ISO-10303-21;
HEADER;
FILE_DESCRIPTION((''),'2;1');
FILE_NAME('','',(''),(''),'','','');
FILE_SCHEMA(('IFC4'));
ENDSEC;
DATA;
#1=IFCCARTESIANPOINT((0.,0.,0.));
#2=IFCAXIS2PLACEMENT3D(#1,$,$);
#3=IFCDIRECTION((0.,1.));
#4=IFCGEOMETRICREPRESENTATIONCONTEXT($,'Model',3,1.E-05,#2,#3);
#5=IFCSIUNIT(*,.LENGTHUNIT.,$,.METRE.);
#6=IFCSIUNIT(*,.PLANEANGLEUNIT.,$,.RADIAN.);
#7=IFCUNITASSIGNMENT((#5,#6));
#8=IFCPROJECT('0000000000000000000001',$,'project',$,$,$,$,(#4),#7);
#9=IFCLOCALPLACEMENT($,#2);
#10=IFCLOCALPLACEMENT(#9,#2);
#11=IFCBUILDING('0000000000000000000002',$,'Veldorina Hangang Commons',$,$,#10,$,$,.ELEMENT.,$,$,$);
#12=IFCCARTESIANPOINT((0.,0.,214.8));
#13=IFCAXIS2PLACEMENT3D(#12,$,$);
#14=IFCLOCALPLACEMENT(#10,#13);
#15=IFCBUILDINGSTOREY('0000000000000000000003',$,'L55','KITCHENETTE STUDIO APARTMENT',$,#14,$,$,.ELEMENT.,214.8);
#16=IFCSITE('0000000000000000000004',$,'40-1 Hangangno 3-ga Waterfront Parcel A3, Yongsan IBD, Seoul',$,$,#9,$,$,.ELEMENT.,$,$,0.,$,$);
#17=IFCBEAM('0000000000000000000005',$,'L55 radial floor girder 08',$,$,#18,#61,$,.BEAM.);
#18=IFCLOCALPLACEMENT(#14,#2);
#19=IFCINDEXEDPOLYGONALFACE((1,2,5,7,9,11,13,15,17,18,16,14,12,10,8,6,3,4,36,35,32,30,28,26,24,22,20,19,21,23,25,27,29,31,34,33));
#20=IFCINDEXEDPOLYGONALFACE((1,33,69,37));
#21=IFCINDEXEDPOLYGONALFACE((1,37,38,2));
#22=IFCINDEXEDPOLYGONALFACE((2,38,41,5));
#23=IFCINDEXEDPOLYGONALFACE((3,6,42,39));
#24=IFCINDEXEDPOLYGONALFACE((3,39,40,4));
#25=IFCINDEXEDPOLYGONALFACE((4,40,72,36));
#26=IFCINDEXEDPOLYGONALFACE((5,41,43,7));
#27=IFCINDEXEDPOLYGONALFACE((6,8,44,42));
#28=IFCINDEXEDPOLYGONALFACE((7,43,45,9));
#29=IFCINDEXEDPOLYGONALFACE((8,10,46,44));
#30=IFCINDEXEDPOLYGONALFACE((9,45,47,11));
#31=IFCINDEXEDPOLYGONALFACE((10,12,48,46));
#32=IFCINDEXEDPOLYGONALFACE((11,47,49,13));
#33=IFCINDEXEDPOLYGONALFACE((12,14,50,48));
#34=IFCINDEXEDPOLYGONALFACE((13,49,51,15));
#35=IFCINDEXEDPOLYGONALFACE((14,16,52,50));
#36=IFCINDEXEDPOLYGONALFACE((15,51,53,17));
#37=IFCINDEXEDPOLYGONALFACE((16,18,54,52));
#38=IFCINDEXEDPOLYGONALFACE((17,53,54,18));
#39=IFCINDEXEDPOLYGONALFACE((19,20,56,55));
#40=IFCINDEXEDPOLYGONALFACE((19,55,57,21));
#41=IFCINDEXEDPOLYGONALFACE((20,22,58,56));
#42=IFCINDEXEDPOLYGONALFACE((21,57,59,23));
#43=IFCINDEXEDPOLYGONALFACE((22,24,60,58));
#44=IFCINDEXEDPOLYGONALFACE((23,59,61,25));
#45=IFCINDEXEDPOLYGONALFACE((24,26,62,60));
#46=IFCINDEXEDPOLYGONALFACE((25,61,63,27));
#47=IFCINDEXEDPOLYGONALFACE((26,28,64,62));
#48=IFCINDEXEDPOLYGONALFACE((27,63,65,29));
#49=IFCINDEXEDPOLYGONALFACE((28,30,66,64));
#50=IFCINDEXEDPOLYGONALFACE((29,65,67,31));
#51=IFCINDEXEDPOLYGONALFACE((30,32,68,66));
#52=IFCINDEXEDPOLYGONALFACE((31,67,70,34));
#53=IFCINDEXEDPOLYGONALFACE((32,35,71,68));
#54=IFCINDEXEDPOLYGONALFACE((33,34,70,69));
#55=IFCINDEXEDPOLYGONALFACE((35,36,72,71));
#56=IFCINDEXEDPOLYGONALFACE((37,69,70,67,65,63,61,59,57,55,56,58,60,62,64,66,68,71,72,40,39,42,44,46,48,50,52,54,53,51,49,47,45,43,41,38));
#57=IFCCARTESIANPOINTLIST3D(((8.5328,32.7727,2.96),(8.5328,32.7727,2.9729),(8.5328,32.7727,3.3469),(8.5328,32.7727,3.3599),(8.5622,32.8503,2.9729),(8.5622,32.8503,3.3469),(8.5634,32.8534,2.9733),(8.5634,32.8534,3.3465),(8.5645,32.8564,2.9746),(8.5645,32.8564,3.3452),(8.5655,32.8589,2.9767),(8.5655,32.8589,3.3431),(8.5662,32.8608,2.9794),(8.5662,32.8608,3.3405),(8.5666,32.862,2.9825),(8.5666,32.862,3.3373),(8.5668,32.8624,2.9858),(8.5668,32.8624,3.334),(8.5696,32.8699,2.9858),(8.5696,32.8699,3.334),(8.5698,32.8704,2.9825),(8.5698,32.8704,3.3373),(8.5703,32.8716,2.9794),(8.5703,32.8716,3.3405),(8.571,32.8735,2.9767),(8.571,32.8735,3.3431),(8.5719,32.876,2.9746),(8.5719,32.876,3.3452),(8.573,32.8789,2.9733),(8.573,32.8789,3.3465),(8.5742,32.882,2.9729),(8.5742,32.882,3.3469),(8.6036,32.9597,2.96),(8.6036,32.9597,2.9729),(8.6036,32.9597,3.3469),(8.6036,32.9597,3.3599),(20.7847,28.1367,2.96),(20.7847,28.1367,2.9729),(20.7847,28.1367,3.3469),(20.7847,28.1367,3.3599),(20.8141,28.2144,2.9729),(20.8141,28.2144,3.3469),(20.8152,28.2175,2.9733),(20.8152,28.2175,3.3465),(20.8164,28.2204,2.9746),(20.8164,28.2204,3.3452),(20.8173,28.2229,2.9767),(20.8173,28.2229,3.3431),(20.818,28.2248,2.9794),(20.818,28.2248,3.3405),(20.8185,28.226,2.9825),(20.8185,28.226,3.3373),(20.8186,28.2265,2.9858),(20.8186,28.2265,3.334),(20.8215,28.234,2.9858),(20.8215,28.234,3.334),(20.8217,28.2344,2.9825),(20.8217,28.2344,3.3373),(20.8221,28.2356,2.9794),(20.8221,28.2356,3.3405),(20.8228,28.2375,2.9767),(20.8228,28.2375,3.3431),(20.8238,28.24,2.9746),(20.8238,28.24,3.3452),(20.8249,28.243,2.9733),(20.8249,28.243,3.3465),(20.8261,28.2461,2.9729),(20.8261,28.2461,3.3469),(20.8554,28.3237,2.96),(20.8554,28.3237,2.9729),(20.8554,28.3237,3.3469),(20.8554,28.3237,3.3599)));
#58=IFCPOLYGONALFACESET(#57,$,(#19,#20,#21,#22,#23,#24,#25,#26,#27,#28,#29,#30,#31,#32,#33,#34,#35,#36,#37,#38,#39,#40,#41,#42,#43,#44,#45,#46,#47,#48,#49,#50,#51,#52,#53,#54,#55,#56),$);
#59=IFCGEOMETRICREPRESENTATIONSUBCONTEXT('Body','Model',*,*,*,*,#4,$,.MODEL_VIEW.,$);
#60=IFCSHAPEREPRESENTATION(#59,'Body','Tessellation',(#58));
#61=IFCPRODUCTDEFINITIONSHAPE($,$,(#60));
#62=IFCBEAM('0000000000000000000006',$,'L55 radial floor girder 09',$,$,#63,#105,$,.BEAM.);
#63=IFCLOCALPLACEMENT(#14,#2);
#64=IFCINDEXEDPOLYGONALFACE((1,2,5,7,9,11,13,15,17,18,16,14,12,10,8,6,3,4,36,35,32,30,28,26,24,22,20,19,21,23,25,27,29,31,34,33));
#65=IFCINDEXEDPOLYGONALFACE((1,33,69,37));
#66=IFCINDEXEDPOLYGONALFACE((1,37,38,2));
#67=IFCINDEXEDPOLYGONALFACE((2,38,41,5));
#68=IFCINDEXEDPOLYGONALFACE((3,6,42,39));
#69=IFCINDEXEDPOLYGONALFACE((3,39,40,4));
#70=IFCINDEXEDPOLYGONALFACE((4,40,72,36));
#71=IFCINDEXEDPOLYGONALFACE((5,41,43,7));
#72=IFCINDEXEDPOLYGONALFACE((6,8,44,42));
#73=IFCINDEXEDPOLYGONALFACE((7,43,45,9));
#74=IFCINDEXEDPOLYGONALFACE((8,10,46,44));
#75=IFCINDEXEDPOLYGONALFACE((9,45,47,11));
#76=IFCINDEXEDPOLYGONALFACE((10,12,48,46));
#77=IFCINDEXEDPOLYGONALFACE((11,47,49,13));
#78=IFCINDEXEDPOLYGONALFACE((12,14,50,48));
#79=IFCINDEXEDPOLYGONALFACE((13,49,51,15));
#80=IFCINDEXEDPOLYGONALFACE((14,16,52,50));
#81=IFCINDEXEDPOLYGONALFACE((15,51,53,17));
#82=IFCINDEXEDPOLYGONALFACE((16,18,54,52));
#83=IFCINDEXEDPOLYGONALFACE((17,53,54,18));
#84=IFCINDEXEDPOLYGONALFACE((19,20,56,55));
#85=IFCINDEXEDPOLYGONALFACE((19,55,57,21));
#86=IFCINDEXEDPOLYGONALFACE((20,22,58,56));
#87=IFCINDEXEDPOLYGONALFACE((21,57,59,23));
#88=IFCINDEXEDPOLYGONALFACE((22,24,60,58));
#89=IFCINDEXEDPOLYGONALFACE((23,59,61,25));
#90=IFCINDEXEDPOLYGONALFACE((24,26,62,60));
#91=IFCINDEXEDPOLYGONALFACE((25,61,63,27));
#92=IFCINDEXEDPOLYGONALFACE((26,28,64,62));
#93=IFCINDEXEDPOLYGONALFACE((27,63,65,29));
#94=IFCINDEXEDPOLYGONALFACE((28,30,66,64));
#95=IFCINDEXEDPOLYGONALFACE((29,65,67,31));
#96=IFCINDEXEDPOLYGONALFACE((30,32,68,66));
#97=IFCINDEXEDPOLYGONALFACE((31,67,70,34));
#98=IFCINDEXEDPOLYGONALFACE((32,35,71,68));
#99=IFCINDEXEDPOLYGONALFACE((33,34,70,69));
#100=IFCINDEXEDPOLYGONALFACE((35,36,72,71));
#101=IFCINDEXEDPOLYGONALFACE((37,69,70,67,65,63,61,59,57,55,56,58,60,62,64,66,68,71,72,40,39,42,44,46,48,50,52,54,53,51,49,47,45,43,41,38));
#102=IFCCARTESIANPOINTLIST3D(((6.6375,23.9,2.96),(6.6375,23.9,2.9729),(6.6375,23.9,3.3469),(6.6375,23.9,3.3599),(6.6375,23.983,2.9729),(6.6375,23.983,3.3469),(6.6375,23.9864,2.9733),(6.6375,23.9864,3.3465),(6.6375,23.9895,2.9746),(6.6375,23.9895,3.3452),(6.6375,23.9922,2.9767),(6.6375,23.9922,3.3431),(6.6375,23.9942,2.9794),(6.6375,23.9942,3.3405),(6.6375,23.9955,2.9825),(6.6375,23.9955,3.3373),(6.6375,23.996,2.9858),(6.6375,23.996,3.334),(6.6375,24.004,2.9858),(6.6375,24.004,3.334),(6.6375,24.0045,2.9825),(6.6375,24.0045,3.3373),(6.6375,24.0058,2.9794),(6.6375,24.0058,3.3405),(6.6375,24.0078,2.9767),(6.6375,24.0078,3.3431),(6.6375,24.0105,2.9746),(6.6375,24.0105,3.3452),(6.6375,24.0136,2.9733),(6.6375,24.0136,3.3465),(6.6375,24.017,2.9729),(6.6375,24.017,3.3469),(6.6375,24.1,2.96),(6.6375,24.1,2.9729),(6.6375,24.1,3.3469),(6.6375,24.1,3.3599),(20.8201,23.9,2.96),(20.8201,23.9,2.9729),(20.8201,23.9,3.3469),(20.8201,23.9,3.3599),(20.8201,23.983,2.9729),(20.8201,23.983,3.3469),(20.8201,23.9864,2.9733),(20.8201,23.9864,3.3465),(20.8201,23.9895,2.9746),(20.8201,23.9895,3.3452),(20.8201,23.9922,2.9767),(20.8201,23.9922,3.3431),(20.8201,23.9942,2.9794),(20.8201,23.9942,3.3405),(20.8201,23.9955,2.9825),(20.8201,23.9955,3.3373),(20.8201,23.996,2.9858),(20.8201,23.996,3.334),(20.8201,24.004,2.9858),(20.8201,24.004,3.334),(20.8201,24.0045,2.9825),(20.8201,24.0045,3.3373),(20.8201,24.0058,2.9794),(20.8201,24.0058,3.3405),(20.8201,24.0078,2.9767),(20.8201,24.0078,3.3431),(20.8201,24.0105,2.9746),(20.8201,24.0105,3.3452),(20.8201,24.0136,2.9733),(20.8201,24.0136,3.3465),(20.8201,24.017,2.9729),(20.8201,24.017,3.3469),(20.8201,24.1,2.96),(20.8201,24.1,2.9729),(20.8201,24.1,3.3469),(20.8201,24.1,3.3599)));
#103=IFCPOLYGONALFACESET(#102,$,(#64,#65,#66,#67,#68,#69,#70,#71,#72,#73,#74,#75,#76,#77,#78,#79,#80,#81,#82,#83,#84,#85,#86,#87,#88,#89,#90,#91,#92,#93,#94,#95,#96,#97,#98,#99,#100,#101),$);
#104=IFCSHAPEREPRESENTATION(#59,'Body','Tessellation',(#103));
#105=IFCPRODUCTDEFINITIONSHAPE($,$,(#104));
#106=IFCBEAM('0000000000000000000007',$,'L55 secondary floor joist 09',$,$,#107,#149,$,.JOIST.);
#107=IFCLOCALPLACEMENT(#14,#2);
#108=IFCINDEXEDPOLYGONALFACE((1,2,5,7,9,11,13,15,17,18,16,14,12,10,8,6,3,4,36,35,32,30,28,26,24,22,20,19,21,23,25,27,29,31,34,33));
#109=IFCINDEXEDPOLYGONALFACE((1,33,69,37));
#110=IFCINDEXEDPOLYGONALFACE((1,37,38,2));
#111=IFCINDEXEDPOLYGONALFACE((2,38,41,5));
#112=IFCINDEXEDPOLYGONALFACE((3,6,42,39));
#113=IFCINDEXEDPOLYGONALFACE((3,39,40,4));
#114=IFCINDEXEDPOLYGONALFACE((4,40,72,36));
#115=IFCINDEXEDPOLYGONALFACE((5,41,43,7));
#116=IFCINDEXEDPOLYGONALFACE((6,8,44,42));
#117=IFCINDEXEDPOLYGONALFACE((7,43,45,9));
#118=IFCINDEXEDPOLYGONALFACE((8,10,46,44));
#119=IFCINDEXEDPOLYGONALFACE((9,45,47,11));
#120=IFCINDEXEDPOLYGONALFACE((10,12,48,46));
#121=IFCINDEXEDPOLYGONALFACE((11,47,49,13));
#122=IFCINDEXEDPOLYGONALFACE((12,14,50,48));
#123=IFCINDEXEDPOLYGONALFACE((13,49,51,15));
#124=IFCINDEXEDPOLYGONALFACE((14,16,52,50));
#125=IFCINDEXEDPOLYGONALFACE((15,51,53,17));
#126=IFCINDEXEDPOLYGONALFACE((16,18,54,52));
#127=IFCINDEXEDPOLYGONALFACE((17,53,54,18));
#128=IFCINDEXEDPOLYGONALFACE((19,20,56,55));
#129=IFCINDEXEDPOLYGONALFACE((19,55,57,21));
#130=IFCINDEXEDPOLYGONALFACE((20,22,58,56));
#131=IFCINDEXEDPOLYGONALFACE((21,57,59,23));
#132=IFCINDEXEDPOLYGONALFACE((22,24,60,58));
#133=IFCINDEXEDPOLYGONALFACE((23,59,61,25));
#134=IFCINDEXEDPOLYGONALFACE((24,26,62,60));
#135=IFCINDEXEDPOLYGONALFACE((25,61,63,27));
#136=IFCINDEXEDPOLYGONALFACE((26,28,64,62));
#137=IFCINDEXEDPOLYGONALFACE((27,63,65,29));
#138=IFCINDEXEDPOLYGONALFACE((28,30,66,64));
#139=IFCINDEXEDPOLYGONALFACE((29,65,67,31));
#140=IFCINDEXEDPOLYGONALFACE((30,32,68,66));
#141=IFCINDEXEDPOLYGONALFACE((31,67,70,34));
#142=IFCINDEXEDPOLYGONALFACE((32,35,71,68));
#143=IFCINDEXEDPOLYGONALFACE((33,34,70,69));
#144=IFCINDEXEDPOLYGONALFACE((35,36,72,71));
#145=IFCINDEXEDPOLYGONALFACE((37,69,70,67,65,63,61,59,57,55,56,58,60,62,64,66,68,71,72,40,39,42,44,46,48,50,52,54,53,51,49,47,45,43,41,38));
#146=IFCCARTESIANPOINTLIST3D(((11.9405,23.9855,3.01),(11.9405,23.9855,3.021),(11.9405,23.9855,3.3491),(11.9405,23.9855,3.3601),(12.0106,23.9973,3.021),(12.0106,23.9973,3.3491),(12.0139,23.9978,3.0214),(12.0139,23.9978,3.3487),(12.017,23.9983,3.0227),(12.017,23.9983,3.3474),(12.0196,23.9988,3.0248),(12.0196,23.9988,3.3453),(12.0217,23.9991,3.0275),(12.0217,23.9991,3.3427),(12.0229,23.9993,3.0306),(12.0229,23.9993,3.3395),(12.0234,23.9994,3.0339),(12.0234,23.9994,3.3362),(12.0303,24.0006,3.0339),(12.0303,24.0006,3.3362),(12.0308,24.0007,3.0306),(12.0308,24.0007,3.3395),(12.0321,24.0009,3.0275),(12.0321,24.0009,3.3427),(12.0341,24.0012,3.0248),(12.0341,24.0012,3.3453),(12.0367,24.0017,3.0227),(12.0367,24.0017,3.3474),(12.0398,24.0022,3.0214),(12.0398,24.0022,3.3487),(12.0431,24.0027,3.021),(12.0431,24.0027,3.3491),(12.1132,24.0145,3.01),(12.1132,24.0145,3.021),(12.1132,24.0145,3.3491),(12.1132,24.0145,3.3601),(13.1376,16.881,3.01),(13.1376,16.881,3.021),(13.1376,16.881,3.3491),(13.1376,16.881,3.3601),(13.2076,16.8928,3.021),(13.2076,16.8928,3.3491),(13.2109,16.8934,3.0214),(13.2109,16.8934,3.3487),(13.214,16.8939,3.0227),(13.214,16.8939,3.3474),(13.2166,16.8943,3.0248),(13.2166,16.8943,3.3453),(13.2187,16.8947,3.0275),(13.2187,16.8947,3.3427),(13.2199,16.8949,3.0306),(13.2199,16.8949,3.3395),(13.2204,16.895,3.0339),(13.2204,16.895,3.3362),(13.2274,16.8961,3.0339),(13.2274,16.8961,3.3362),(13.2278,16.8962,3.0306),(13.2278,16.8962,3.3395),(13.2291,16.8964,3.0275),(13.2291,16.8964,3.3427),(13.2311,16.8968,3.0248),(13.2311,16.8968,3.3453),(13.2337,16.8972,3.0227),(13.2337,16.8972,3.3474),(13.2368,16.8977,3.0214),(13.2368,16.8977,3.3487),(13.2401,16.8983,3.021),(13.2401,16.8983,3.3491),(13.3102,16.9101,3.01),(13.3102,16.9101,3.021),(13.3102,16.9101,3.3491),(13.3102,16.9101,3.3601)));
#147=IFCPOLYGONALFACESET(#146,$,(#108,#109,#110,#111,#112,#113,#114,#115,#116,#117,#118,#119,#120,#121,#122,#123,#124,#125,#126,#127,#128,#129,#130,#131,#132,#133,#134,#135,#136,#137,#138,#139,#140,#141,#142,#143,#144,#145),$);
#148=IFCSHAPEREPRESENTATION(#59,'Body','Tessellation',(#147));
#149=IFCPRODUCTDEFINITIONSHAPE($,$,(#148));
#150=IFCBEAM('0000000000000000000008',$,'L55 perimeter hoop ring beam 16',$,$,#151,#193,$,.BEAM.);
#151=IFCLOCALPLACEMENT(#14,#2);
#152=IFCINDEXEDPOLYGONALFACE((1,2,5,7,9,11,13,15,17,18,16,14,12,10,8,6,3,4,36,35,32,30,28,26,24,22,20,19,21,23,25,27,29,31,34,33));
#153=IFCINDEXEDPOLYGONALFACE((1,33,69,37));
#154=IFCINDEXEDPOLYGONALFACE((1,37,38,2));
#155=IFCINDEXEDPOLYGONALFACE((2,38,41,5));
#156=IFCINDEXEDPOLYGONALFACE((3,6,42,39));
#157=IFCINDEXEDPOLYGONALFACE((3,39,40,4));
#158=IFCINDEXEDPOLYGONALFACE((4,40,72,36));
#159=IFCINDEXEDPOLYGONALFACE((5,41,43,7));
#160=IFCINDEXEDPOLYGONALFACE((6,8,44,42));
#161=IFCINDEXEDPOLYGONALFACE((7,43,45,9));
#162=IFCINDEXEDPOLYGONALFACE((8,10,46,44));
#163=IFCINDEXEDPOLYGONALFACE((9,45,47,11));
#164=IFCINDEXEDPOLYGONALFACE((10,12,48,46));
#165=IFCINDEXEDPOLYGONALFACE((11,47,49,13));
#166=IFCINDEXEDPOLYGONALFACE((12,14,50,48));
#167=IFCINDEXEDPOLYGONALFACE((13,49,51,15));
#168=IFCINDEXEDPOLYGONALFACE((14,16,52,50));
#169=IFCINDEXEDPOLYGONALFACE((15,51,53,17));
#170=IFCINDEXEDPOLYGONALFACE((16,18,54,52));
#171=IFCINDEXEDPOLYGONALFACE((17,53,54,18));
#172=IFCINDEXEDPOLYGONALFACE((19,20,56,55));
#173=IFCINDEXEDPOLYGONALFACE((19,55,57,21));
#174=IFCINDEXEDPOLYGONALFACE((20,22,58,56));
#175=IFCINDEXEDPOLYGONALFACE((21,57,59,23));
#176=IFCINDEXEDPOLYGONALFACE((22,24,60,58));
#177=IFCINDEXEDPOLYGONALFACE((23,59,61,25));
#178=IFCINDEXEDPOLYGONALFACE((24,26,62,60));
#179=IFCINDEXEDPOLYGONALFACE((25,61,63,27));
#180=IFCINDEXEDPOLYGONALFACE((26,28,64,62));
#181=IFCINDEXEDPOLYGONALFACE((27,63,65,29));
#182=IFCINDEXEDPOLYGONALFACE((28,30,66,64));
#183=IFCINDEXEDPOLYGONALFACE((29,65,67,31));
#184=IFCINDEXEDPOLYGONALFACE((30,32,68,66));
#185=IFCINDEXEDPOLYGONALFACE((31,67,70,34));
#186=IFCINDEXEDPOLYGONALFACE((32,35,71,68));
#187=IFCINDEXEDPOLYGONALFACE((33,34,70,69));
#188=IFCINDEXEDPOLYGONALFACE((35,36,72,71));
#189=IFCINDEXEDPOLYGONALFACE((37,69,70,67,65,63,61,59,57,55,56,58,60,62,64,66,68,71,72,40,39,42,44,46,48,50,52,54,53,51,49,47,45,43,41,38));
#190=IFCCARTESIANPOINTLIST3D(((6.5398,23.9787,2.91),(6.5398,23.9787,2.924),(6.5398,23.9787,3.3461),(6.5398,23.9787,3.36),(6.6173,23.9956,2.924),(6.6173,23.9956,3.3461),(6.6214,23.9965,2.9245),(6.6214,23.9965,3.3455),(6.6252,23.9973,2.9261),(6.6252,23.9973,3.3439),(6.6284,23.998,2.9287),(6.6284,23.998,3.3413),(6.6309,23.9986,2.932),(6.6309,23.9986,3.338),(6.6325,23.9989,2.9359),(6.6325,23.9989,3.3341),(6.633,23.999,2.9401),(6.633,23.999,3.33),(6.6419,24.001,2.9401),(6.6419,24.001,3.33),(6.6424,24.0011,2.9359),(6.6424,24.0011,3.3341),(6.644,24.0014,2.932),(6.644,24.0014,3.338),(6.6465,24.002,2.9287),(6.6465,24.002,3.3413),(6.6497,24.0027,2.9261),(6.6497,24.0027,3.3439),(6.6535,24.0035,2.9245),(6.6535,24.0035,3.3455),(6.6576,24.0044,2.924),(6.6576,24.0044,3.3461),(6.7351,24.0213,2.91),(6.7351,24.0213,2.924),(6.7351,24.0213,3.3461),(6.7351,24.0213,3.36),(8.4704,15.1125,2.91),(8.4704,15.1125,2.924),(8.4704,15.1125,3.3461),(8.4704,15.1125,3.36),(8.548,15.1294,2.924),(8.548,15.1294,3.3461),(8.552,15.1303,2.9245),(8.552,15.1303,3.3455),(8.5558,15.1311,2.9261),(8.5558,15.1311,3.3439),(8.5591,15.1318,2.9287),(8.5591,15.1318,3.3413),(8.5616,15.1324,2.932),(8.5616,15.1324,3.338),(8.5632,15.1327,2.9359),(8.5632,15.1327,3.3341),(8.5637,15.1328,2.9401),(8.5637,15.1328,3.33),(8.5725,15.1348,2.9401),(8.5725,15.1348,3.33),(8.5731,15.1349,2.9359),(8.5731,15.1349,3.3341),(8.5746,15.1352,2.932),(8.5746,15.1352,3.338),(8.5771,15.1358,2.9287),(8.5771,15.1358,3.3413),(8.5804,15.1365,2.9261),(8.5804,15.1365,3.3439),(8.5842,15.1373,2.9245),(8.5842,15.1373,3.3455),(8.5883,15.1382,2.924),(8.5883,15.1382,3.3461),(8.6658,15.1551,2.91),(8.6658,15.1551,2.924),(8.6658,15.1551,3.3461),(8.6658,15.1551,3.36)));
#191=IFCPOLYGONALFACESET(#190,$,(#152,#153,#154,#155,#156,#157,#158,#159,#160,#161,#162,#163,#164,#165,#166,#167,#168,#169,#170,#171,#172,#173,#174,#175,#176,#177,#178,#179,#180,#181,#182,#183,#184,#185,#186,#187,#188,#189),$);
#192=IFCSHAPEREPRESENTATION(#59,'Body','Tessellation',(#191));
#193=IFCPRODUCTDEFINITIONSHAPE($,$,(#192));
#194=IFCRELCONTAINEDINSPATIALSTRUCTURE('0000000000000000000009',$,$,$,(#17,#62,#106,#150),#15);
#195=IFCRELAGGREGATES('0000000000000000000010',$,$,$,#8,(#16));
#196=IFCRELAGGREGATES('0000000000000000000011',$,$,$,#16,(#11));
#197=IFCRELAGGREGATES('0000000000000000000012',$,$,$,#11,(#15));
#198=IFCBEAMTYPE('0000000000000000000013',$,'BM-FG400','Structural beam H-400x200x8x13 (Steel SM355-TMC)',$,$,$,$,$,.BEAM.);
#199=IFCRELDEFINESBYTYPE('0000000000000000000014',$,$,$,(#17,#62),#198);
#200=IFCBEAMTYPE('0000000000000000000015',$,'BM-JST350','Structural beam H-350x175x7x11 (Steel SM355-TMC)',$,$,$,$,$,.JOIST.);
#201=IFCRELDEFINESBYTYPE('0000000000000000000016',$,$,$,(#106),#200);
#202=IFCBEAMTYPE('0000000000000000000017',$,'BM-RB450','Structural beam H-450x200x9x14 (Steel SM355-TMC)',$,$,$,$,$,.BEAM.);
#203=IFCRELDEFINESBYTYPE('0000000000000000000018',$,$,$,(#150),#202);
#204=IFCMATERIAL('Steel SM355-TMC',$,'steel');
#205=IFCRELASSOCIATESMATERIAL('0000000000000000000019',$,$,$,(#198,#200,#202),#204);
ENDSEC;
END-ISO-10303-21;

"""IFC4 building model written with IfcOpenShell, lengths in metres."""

from ifc_helpers import new_model, si_unit, direction, frame, origin, origin_2d, place, context, subcontext, project, spatial, i_section, extrude, material, material_profile, profile_set, type_object, element, save


model = new_model("IFC4")

# Units and contexts
model_context = context("Model", 3, precision=1e-05, world=origin(), true_north=direction((0.0, 1.0)))
body_context = subcontext(model_context, "Body", "Model", "MODEL_VIEW")
ifc_project = project(units=[si_unit("LENGTHUNIT", "METRE"), si_unit("PLANEANGLEUNIT", "RADIAN")], contexts=[model_context])

# Site, building, storey
site_placement = place(None, origin())
site = spatial("IfcSite", under=ifc_project, at=site_placement, Name="40-1 Hangangno 3-ga Waterfront Parcel A3, Yongsan IBD, Seoul", CompositionType="ELEMENT", RefElevation=0.0)
building_placement = place(site_placement, origin())
building = spatial("IfcBuilding", under=site, at=building_placement, Name="Veldorina Hangang Commons", CompositionType="ELEMENT")
storey_placement = place(building_placement, frame((0.0, 0.0, 214.8)))
storey = spatial("IfcBuildingStorey", under=building, at=storey_placement, Name="L55", Description="KITCHENETTE STUDIO APARTMENT", CompositionType="ELEMENT", Elevation=214.8)

# Beams
ifc_material_1 = material(Name="Steel SM355-TMC", Category="steel")
ifc_material_profile_1 = material_profile(ifc_material_1, i_section(OverallWidth=0.2, OverallDepth=0.3999, WebThickness=0.0081, FlangeThickness=0.0129, FilletRadius=0.0129, at=origin_2d()), Name="H-400x200x8x13")
ifc_profile_set_1 = profile_set([ifc_material_profile_1], Name="Steel SM355-TMC")
beam_type_1 = type_object("IfcBeamType", Name="BM-FG400", Description="Structural beam H-400x200x8x13 (Steel SM355-TMC)", PredefinedType="BEAM", material=ifc_profile_set_1)
beam_1_placement = place(storey_placement, frame((20.8201, 28.2302, 3.1599), z_axis=(-0.935283, 0.3539, 0.0), x_axis=(-0.3539, -0.935283, 0.0)))
element("IfcBeam", 1, at=beam_1_placement, inside=storey, type_object=beam_type_1, Name="L55 radial floor girder 08", PredefinedType="BEAM", context=body_context, shape_type="SweptSolid", body=[
    extrude(i_section(OverallWidth=0.2, OverallDepth=0.3999, WebThickness=0.0081, FlangeThickness=0.0129, FilletRadius=0.0129, at=origin_2d()), origin(), (0.0, 0.0, 1.0), 13.0996),
])
beam_2_placement = place(storey_placement, frame((20.8201, 24.0, 3.1599), z_axis=(-1.0, 0.0, 0.0), x_axis=(0.0, -1.0, 0.0)))
element("IfcBeam", 2, at=beam_2_placement, inside=storey, type_object=beam_type_1, Name="L55 radial floor girder 09", PredefinedType="BEAM", context=body_context, shape_type="SweptSolid", body=[
    extrude(i_section(OverallWidth=0.2, OverallDepth=0.3999, WebThickness=0.0081, FlangeThickness=0.0129, FilletRadius=0.0129, at=origin_2d()), origin(), (0.0, 0.0, 1.0), 14.1826),
])
ifc_material_profile_2 = material_profile(ifc_material_1, i_section(OverallWidth=0.175, OverallDepth=0.3501, WebThickness=0.0071, FlangeThickness=0.011, FilletRadius=0.0129, at=origin_2d()), Name="H-350x175x7x11")
ifc_profile_set_2 = profile_set([ifc_material_profile_2], Name="Steel SM355-TMC")
beam_type_2 = type_object("IfcBeamType", Name="BM-JST350", Description="Structural beam H-350x175x7x11 (Steel SM355-TMC)", PredefinedType="JOIST", material=ifc_profile_set_2)
beam_3_placement = place(storey_placement, frame((12.0269, 24.0, 3.1851), z_axis=(0.166146, -0.986101, 0.0), x_axis=(0.986101, 0.166146, 0.0)))
element("IfcBeam", 3, at=beam_3_placement, inside=storey, type_object=beam_type_2, Name="L55 secondary floor joist 09", PredefinedType="JOIST", context=body_context, shape_type="SweptSolid", body=[
    extrude(i_section(OverallWidth=0.175, OverallDepth=0.3501, WebThickness=0.0071, FlangeThickness=0.011, FilletRadius=0.0129, at=origin_2d()), origin(), (0.0, 0.0, 1.0), 7.2046),
])
ifc_material_profile_3 = material_profile(ifc_material_1, i_section(OverallWidth=0.2, OverallDepth=0.45, WebThickness=0.009, FlangeThickness=0.0139, FilletRadius=0.0161, at=origin_2d()), Name="H-450x200x9x14")
ifc_profile_set_3 = profile_set([ifc_material_profile_3], Name="Steel SM355-TMC")
beam_type_3 = type_object("IfcBeamType", Name="BM-RB450", Description="Structural beam H-450x200x9x14 (Steel SM355-TMC)", PredefinedType="BEAM", material=ifc_profile_set_3)
beam_4_placement = place(storey_placement, frame((6.6375, 24.0, 3.135), z_axis=(0.212769, -0.977102, 0.0), x_axis=(0.977102, 0.212769, 0.0)))
element("IfcBeam", 4, at=beam_4_placement, inside=storey, type_object=beam_type_3, Name="L55 perimeter hoop ring beam 16", PredefinedType="BEAM", context=body_context, shape_type="SweptSolid", body=[
    extrude(i_section(OverallWidth=0.2, OverallDepth=0.45, WebThickness=0.009, FlangeThickness=0.0139, FilletRadius=0.0161, at=origin_2d()), origin(), (0.0, 0.0, 1.0), 9.074),
])

save(model, "model.ifc")
